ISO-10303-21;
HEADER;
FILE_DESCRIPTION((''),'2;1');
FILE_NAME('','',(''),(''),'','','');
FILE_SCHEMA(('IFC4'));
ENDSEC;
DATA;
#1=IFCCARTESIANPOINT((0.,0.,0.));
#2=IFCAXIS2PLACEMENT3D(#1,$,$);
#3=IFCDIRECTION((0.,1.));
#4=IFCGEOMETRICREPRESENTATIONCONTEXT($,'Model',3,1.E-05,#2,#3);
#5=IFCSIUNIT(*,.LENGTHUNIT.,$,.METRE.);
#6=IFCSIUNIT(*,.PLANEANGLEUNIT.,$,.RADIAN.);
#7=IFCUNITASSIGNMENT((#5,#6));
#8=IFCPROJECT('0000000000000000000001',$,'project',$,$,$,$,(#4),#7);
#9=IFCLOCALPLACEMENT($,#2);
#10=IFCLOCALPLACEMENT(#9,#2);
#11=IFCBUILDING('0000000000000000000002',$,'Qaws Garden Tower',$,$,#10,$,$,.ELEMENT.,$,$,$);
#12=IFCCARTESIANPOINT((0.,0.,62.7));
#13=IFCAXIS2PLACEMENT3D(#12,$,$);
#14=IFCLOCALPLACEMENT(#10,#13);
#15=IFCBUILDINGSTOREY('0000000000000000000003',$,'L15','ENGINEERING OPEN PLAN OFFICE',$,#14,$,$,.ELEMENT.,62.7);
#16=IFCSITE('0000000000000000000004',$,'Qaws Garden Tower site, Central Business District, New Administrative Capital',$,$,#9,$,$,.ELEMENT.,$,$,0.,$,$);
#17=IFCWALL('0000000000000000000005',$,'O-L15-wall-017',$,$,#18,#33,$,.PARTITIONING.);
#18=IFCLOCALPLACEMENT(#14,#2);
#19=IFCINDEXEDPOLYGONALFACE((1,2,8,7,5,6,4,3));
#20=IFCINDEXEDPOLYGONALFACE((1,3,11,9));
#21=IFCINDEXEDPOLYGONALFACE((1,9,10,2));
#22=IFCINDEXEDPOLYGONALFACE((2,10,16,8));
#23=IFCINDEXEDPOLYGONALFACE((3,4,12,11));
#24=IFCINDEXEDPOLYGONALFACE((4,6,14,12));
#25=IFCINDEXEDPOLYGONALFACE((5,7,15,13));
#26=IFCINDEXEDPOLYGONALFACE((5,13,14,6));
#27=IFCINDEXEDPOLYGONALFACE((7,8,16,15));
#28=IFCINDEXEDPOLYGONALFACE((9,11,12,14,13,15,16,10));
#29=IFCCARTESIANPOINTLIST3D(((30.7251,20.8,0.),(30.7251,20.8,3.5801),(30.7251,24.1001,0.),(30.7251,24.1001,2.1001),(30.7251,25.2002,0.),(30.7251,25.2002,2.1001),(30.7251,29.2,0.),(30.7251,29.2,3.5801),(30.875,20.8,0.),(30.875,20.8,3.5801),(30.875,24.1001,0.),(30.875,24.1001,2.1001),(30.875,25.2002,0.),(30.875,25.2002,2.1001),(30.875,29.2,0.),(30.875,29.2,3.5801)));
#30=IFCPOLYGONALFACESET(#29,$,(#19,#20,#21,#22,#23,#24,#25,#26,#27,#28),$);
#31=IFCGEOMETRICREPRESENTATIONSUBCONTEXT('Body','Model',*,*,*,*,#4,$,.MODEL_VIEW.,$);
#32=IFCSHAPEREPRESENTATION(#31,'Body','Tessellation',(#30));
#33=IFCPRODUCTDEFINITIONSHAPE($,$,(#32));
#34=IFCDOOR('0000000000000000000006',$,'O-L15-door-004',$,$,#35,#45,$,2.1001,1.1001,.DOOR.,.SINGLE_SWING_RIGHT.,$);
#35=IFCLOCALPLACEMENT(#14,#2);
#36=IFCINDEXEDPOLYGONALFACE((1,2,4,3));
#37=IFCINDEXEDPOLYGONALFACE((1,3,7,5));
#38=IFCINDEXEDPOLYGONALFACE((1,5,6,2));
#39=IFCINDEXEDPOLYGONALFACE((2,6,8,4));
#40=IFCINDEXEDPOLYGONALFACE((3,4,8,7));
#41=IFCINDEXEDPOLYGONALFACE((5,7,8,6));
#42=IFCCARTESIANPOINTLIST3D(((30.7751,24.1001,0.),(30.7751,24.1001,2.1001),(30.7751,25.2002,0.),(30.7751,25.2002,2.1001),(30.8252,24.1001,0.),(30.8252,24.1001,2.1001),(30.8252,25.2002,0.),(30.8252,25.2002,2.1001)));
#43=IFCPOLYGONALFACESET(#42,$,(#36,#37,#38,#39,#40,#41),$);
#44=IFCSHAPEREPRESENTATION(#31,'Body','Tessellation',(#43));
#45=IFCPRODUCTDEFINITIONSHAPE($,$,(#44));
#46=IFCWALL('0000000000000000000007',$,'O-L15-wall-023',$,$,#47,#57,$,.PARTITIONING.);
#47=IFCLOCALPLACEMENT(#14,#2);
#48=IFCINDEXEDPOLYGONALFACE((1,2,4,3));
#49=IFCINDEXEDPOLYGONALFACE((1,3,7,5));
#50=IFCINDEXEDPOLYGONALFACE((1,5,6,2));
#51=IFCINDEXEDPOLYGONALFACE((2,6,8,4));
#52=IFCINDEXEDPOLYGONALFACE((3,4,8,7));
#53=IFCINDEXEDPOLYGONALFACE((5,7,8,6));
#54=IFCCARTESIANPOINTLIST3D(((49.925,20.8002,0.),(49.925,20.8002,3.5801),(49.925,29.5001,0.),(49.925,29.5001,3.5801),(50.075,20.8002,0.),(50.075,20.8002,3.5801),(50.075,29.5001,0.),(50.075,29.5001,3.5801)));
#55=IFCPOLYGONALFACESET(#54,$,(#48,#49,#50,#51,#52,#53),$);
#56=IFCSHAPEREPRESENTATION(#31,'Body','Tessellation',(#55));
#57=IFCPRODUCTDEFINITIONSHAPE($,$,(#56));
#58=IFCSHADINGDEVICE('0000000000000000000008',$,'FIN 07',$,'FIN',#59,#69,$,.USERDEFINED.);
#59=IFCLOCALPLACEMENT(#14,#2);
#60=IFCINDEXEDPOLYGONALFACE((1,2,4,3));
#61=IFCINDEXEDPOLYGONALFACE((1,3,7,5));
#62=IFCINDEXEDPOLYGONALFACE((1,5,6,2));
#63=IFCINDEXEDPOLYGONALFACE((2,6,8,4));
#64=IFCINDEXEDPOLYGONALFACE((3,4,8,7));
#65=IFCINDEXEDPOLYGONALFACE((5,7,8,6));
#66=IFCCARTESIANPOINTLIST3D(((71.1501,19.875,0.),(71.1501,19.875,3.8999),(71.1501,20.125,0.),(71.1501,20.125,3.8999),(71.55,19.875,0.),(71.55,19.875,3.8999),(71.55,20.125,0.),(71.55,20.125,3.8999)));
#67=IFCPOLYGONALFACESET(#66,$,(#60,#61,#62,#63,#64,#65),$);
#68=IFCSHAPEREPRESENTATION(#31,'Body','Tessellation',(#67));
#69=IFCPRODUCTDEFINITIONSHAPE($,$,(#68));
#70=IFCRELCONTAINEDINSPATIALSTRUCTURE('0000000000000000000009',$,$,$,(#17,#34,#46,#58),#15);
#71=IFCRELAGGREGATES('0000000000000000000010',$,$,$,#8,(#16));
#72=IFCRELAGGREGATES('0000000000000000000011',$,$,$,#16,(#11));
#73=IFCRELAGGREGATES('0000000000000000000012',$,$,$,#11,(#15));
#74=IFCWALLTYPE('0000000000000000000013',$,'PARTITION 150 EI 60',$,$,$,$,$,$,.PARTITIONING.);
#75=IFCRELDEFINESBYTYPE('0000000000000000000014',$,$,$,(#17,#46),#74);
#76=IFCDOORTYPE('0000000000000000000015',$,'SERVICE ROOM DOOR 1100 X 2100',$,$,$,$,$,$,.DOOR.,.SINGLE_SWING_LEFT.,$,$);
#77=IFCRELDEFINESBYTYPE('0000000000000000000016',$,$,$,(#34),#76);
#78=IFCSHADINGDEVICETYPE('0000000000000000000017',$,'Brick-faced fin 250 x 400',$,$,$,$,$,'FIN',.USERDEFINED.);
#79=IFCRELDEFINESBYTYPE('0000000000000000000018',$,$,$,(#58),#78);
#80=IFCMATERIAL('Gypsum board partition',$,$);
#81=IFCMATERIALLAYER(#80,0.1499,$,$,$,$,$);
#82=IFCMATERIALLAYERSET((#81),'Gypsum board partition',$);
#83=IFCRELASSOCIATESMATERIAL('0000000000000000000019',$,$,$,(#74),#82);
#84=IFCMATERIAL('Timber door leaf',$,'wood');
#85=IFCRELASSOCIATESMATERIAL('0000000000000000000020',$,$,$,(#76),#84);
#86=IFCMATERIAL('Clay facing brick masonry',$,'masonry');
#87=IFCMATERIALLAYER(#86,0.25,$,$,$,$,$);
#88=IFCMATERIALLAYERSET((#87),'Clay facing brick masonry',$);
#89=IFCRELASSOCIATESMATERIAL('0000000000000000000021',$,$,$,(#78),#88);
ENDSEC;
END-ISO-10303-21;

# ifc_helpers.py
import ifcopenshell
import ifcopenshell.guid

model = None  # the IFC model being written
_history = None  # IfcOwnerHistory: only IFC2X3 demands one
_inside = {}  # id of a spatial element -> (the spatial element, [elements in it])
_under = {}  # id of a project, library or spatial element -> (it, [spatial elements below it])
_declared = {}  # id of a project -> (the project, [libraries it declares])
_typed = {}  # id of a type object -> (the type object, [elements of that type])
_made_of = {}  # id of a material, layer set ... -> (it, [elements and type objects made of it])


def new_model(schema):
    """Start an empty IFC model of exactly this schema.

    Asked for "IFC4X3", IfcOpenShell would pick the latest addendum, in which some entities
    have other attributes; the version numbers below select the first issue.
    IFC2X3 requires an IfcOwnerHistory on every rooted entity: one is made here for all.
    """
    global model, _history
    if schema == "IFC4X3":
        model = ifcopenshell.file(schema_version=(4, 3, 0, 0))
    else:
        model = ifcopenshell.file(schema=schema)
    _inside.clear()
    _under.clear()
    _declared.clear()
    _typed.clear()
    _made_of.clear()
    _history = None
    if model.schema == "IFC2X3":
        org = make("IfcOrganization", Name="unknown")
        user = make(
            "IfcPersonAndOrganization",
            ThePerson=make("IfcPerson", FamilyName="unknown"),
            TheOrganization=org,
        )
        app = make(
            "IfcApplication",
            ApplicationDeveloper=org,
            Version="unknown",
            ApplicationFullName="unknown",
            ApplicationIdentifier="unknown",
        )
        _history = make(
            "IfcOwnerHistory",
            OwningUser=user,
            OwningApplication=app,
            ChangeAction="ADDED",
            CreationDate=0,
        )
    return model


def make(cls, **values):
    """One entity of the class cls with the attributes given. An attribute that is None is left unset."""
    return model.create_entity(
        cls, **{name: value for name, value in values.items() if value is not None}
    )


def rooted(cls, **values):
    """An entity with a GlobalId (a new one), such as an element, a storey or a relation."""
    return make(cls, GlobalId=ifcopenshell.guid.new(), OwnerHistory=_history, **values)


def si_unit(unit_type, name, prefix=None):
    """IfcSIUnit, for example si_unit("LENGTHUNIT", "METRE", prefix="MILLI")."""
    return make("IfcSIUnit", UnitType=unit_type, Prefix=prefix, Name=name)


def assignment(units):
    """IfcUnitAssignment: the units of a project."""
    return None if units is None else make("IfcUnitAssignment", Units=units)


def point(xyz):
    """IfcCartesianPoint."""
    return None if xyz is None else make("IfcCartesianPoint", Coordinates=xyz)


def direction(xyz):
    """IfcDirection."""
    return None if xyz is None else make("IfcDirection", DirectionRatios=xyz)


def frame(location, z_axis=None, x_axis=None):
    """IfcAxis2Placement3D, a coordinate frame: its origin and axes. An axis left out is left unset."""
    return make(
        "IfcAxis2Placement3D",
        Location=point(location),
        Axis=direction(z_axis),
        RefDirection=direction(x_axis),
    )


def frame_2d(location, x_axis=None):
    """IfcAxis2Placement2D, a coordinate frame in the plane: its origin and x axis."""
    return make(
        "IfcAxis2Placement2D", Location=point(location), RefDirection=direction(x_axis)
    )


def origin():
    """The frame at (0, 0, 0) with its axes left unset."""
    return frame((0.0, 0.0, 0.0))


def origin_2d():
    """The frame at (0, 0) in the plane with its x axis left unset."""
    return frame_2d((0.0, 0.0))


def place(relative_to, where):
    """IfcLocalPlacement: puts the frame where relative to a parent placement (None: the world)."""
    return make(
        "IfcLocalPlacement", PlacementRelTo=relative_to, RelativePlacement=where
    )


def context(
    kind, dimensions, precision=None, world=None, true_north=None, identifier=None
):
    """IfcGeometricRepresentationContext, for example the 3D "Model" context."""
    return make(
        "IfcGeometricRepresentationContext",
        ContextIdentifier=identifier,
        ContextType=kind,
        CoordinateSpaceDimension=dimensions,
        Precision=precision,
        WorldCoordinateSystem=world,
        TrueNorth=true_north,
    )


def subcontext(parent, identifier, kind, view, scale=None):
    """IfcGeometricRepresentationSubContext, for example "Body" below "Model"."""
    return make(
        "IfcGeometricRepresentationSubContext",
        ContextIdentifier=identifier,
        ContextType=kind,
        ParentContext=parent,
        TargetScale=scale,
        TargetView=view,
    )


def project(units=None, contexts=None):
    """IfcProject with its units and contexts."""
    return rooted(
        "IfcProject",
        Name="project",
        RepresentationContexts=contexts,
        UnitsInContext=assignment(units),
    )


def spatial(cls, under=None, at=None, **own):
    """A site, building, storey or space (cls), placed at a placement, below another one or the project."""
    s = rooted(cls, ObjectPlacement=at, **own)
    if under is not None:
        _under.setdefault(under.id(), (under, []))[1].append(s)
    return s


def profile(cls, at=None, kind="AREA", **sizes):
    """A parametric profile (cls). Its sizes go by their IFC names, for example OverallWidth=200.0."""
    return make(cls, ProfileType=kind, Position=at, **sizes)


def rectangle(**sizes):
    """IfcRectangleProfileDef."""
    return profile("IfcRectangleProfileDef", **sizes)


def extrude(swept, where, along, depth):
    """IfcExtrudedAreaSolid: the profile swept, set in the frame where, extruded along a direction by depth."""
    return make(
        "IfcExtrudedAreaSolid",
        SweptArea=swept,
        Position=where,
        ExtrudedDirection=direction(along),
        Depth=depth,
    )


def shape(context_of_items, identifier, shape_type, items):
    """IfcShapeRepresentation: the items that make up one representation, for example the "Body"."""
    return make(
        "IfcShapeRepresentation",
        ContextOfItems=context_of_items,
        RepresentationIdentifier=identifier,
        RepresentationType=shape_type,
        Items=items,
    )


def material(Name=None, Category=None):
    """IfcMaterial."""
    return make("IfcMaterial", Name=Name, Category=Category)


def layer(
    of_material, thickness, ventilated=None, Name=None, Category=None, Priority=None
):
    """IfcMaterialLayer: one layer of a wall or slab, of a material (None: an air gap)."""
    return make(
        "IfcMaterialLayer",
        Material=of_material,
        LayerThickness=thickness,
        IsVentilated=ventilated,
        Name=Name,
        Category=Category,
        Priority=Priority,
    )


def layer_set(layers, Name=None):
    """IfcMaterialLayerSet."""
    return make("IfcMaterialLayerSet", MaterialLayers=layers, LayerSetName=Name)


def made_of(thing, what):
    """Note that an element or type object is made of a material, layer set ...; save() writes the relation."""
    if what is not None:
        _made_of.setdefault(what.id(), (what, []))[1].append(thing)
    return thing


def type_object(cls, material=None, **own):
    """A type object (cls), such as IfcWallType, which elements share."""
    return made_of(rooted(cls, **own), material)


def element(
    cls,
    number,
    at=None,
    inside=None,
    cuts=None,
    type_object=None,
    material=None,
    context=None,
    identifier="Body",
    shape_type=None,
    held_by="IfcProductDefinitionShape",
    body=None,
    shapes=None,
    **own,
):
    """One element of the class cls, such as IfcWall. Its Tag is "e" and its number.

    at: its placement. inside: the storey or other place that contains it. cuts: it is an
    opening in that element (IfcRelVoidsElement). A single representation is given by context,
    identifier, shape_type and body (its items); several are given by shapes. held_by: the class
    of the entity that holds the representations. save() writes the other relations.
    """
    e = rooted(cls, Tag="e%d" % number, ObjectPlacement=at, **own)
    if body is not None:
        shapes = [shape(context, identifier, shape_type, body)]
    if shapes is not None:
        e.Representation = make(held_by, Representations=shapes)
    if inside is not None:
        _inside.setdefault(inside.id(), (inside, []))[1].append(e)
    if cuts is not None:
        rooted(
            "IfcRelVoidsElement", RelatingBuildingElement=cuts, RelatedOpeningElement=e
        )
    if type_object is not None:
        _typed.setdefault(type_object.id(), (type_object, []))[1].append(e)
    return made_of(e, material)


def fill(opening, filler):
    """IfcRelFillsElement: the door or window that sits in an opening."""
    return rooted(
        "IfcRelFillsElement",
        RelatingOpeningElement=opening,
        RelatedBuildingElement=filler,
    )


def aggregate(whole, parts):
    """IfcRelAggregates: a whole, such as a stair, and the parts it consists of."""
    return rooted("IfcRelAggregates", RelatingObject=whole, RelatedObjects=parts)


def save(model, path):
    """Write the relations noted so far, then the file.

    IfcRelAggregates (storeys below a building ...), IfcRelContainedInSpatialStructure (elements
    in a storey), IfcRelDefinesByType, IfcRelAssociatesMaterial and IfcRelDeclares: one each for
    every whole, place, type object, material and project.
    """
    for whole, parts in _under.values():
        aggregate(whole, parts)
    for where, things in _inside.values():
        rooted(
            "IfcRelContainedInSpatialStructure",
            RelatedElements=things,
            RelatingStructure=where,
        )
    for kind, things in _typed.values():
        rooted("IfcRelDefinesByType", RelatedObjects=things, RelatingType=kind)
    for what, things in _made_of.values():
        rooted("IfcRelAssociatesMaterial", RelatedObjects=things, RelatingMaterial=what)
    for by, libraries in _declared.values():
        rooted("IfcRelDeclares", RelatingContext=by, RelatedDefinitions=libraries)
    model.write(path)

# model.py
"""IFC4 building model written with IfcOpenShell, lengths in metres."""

from ifc_helpers import new_model, si_unit, direction, frame, frame_2d, origin, origin_2d, place, context, subcontext, project, spatial, rectangle, extrude, material, layer, layer_set, type_object, element, fill, save


model = new_model("IFC4")

# Units and contexts
model_context = context("Model", 3, precision=1e-05, world=origin(), true_north=direction((0.0, 1.0)))
body_context = subcontext(model_context, "Body", "Model", "MODEL_VIEW")
ifc_project = project(units=[si_unit("LENGTHUNIT", "METRE"), si_unit("PLANEANGLEUNIT", "RADIAN")], contexts=[model_context])

# Site, building, storey
site_placement = place(None, origin())
site = spatial("IfcSite", under=ifc_project, at=site_placement, Name="Qaws Garden Tower site, Central Business District, New Administrative Capital", CompositionType="ELEMENT", RefElevation=0.0)
building_placement = place(site_placement, origin())
building = spatial("IfcBuilding", under=site, at=building_placement, Name="Qaws Garden Tower", CompositionType="ELEMENT")
storey_placement = place(building_placement, frame((0.0, 0.0, 62.7)))
storey = spatial("IfcBuildingStorey", under=building, at=storey_placement, Name="L15", Description="ENGINEERING OPEN PLAN OFFICE", CompositionType="ELEMENT", Elevation=62.7)

# Wall, opening, door
ifc_material_1 = material(Name="Gypsum board partition")
ifc_layer_1 = layer(ifc_material_1, 0.1499)
ifc_layer_set_1 = layer_set([ifc_layer_1], Name="Gypsum board partition")
wall_type = type_object("IfcWallType", Name="PARTITION 150 EI 60", PredefinedType="PARTITIONING", material=ifc_layer_set_1)
wall_1_placement = place(storey_placement, frame((30.8, 20.8, 0.0), z_axis=(0.0, 0.0, 1.0), x_axis=(0.0, 1.0, 0.0)))
wall_1 = element("IfcWall", 1, at=wall_1_placement, inside=storey, type_object=wall_type, Name="O-L15-wall-017", PredefinedType="PARTITIONING", context=body_context, shape_type="SweptSolid", body=[
    extrude(rectangle(XDim=8.3999, YDim=0.1499, at=frame_2d((4.2, 0.0))), origin(), (0.0, 0.0, 1.0), 3.5801),
])
opening_placement = place(wall_1_placement, frame((3.3, 0.0, 0.0)))
opening = element("IfcOpeningElement", 2, at=opening_placement, cuts=wall_1, PredefinedType="OPENING", context=body_context, shape_type="SweptSolid", body=[
    extrude(rectangle(XDim=1.1001, YDim=2.1001, at=frame_2d((0.55, 1.05))), frame((0.0, 0.085, 0.0), z_axis=(0.0, -1.0, 0.0), x_axis=(1.0, 0.0, 0.0)), (0.0, 0.0, 1.0), 0.1699),
])
ifc_material_2 = material(Name="Timber door leaf", Category="wood")
door_type = type_object("IfcDoorType", Name="SERVICE ROOM DOOR 1100 X 2100", OperationType="SINGLE_SWING_LEFT", PredefinedType="DOOR", material=ifc_material_2)
door_placement = place(opening_placement, origin())
door = element("IfcDoor", 3, at=door_placement, inside=storey, type_object=door_type, Name="O-L15-door-004", OperationType="SINGLE_SWING_RIGHT", OverallHeight=2.1001, OverallWidth=1.1001, PredefinedType="DOOR", context=body_context, shape_type="SweptSolid", body=[
    extrude(rectangle(XDim=1.1001, YDim=2.1001, at=frame_2d((0.55, 1.05))), frame((0.0, 0.0249, 0.0), z_axis=(0.0, -1.0, 0.0), x_axis=(1.0, 0.0, 0.0)), (0.0, 0.0, 1.0), 0.05),
])
fill(opening, door)

# Wall
wall_2_placement = place(storey_placement, frame((50.0, 20.8, 0.0), z_axis=(0.0, 0.0, 1.0), x_axis=(0.0, 1.0, 0.0)))
element("IfcWall", 4, at=wall_2_placement, inside=storey, type_object=wall_type, Name="O-L15-wall-023", PredefinedType="PARTITIONING", context=body_context, shape_type="SweptSolid", body=[
    extrude(rectangle(XDim=8.7, YDim=0.1499, at=frame_2d((4.3501, 0.0))), origin(), (0.0, 0.0, 1.0), 3.5801),
])

# Shading device
ifc_material_3 = material(Name="Clay facing brick masonry", Category="masonry")
ifc_layer_2 = layer(ifc_material_3, 0.25)
ifc_layer_set_2 = layer_set([ifc_layer_2], Name="Clay facing brick masonry")
shading_device_type = type_object("IfcShadingDeviceType", Name="Brick-faced fin 250 x 400", ElementType="FIN", PredefinedType="USERDEFINED", material=ifc_layer_set_2)
shading_device_placement = place(storey_placement, frame((71.3501, 20.0, 0.0), z_axis=(0.0, 0.0, 1.0), x_axis=(0.0, 1.0, 0.0)))
element("IfcShadingDevice", 5, at=shading_device_placement, inside=storey, type_object=shading_device_type, Name="FIN 07", ObjectType="FIN", PredefinedType="USERDEFINED", context=body_context, shape_type="SweptSolid", body=[
    extrude(rectangle(XDim=0.25, YDim=0.3999, at=origin_2d()), origin(), (0.0, 0.0, 1.0), 3.8999),
])

save(model, "model.ifc")
